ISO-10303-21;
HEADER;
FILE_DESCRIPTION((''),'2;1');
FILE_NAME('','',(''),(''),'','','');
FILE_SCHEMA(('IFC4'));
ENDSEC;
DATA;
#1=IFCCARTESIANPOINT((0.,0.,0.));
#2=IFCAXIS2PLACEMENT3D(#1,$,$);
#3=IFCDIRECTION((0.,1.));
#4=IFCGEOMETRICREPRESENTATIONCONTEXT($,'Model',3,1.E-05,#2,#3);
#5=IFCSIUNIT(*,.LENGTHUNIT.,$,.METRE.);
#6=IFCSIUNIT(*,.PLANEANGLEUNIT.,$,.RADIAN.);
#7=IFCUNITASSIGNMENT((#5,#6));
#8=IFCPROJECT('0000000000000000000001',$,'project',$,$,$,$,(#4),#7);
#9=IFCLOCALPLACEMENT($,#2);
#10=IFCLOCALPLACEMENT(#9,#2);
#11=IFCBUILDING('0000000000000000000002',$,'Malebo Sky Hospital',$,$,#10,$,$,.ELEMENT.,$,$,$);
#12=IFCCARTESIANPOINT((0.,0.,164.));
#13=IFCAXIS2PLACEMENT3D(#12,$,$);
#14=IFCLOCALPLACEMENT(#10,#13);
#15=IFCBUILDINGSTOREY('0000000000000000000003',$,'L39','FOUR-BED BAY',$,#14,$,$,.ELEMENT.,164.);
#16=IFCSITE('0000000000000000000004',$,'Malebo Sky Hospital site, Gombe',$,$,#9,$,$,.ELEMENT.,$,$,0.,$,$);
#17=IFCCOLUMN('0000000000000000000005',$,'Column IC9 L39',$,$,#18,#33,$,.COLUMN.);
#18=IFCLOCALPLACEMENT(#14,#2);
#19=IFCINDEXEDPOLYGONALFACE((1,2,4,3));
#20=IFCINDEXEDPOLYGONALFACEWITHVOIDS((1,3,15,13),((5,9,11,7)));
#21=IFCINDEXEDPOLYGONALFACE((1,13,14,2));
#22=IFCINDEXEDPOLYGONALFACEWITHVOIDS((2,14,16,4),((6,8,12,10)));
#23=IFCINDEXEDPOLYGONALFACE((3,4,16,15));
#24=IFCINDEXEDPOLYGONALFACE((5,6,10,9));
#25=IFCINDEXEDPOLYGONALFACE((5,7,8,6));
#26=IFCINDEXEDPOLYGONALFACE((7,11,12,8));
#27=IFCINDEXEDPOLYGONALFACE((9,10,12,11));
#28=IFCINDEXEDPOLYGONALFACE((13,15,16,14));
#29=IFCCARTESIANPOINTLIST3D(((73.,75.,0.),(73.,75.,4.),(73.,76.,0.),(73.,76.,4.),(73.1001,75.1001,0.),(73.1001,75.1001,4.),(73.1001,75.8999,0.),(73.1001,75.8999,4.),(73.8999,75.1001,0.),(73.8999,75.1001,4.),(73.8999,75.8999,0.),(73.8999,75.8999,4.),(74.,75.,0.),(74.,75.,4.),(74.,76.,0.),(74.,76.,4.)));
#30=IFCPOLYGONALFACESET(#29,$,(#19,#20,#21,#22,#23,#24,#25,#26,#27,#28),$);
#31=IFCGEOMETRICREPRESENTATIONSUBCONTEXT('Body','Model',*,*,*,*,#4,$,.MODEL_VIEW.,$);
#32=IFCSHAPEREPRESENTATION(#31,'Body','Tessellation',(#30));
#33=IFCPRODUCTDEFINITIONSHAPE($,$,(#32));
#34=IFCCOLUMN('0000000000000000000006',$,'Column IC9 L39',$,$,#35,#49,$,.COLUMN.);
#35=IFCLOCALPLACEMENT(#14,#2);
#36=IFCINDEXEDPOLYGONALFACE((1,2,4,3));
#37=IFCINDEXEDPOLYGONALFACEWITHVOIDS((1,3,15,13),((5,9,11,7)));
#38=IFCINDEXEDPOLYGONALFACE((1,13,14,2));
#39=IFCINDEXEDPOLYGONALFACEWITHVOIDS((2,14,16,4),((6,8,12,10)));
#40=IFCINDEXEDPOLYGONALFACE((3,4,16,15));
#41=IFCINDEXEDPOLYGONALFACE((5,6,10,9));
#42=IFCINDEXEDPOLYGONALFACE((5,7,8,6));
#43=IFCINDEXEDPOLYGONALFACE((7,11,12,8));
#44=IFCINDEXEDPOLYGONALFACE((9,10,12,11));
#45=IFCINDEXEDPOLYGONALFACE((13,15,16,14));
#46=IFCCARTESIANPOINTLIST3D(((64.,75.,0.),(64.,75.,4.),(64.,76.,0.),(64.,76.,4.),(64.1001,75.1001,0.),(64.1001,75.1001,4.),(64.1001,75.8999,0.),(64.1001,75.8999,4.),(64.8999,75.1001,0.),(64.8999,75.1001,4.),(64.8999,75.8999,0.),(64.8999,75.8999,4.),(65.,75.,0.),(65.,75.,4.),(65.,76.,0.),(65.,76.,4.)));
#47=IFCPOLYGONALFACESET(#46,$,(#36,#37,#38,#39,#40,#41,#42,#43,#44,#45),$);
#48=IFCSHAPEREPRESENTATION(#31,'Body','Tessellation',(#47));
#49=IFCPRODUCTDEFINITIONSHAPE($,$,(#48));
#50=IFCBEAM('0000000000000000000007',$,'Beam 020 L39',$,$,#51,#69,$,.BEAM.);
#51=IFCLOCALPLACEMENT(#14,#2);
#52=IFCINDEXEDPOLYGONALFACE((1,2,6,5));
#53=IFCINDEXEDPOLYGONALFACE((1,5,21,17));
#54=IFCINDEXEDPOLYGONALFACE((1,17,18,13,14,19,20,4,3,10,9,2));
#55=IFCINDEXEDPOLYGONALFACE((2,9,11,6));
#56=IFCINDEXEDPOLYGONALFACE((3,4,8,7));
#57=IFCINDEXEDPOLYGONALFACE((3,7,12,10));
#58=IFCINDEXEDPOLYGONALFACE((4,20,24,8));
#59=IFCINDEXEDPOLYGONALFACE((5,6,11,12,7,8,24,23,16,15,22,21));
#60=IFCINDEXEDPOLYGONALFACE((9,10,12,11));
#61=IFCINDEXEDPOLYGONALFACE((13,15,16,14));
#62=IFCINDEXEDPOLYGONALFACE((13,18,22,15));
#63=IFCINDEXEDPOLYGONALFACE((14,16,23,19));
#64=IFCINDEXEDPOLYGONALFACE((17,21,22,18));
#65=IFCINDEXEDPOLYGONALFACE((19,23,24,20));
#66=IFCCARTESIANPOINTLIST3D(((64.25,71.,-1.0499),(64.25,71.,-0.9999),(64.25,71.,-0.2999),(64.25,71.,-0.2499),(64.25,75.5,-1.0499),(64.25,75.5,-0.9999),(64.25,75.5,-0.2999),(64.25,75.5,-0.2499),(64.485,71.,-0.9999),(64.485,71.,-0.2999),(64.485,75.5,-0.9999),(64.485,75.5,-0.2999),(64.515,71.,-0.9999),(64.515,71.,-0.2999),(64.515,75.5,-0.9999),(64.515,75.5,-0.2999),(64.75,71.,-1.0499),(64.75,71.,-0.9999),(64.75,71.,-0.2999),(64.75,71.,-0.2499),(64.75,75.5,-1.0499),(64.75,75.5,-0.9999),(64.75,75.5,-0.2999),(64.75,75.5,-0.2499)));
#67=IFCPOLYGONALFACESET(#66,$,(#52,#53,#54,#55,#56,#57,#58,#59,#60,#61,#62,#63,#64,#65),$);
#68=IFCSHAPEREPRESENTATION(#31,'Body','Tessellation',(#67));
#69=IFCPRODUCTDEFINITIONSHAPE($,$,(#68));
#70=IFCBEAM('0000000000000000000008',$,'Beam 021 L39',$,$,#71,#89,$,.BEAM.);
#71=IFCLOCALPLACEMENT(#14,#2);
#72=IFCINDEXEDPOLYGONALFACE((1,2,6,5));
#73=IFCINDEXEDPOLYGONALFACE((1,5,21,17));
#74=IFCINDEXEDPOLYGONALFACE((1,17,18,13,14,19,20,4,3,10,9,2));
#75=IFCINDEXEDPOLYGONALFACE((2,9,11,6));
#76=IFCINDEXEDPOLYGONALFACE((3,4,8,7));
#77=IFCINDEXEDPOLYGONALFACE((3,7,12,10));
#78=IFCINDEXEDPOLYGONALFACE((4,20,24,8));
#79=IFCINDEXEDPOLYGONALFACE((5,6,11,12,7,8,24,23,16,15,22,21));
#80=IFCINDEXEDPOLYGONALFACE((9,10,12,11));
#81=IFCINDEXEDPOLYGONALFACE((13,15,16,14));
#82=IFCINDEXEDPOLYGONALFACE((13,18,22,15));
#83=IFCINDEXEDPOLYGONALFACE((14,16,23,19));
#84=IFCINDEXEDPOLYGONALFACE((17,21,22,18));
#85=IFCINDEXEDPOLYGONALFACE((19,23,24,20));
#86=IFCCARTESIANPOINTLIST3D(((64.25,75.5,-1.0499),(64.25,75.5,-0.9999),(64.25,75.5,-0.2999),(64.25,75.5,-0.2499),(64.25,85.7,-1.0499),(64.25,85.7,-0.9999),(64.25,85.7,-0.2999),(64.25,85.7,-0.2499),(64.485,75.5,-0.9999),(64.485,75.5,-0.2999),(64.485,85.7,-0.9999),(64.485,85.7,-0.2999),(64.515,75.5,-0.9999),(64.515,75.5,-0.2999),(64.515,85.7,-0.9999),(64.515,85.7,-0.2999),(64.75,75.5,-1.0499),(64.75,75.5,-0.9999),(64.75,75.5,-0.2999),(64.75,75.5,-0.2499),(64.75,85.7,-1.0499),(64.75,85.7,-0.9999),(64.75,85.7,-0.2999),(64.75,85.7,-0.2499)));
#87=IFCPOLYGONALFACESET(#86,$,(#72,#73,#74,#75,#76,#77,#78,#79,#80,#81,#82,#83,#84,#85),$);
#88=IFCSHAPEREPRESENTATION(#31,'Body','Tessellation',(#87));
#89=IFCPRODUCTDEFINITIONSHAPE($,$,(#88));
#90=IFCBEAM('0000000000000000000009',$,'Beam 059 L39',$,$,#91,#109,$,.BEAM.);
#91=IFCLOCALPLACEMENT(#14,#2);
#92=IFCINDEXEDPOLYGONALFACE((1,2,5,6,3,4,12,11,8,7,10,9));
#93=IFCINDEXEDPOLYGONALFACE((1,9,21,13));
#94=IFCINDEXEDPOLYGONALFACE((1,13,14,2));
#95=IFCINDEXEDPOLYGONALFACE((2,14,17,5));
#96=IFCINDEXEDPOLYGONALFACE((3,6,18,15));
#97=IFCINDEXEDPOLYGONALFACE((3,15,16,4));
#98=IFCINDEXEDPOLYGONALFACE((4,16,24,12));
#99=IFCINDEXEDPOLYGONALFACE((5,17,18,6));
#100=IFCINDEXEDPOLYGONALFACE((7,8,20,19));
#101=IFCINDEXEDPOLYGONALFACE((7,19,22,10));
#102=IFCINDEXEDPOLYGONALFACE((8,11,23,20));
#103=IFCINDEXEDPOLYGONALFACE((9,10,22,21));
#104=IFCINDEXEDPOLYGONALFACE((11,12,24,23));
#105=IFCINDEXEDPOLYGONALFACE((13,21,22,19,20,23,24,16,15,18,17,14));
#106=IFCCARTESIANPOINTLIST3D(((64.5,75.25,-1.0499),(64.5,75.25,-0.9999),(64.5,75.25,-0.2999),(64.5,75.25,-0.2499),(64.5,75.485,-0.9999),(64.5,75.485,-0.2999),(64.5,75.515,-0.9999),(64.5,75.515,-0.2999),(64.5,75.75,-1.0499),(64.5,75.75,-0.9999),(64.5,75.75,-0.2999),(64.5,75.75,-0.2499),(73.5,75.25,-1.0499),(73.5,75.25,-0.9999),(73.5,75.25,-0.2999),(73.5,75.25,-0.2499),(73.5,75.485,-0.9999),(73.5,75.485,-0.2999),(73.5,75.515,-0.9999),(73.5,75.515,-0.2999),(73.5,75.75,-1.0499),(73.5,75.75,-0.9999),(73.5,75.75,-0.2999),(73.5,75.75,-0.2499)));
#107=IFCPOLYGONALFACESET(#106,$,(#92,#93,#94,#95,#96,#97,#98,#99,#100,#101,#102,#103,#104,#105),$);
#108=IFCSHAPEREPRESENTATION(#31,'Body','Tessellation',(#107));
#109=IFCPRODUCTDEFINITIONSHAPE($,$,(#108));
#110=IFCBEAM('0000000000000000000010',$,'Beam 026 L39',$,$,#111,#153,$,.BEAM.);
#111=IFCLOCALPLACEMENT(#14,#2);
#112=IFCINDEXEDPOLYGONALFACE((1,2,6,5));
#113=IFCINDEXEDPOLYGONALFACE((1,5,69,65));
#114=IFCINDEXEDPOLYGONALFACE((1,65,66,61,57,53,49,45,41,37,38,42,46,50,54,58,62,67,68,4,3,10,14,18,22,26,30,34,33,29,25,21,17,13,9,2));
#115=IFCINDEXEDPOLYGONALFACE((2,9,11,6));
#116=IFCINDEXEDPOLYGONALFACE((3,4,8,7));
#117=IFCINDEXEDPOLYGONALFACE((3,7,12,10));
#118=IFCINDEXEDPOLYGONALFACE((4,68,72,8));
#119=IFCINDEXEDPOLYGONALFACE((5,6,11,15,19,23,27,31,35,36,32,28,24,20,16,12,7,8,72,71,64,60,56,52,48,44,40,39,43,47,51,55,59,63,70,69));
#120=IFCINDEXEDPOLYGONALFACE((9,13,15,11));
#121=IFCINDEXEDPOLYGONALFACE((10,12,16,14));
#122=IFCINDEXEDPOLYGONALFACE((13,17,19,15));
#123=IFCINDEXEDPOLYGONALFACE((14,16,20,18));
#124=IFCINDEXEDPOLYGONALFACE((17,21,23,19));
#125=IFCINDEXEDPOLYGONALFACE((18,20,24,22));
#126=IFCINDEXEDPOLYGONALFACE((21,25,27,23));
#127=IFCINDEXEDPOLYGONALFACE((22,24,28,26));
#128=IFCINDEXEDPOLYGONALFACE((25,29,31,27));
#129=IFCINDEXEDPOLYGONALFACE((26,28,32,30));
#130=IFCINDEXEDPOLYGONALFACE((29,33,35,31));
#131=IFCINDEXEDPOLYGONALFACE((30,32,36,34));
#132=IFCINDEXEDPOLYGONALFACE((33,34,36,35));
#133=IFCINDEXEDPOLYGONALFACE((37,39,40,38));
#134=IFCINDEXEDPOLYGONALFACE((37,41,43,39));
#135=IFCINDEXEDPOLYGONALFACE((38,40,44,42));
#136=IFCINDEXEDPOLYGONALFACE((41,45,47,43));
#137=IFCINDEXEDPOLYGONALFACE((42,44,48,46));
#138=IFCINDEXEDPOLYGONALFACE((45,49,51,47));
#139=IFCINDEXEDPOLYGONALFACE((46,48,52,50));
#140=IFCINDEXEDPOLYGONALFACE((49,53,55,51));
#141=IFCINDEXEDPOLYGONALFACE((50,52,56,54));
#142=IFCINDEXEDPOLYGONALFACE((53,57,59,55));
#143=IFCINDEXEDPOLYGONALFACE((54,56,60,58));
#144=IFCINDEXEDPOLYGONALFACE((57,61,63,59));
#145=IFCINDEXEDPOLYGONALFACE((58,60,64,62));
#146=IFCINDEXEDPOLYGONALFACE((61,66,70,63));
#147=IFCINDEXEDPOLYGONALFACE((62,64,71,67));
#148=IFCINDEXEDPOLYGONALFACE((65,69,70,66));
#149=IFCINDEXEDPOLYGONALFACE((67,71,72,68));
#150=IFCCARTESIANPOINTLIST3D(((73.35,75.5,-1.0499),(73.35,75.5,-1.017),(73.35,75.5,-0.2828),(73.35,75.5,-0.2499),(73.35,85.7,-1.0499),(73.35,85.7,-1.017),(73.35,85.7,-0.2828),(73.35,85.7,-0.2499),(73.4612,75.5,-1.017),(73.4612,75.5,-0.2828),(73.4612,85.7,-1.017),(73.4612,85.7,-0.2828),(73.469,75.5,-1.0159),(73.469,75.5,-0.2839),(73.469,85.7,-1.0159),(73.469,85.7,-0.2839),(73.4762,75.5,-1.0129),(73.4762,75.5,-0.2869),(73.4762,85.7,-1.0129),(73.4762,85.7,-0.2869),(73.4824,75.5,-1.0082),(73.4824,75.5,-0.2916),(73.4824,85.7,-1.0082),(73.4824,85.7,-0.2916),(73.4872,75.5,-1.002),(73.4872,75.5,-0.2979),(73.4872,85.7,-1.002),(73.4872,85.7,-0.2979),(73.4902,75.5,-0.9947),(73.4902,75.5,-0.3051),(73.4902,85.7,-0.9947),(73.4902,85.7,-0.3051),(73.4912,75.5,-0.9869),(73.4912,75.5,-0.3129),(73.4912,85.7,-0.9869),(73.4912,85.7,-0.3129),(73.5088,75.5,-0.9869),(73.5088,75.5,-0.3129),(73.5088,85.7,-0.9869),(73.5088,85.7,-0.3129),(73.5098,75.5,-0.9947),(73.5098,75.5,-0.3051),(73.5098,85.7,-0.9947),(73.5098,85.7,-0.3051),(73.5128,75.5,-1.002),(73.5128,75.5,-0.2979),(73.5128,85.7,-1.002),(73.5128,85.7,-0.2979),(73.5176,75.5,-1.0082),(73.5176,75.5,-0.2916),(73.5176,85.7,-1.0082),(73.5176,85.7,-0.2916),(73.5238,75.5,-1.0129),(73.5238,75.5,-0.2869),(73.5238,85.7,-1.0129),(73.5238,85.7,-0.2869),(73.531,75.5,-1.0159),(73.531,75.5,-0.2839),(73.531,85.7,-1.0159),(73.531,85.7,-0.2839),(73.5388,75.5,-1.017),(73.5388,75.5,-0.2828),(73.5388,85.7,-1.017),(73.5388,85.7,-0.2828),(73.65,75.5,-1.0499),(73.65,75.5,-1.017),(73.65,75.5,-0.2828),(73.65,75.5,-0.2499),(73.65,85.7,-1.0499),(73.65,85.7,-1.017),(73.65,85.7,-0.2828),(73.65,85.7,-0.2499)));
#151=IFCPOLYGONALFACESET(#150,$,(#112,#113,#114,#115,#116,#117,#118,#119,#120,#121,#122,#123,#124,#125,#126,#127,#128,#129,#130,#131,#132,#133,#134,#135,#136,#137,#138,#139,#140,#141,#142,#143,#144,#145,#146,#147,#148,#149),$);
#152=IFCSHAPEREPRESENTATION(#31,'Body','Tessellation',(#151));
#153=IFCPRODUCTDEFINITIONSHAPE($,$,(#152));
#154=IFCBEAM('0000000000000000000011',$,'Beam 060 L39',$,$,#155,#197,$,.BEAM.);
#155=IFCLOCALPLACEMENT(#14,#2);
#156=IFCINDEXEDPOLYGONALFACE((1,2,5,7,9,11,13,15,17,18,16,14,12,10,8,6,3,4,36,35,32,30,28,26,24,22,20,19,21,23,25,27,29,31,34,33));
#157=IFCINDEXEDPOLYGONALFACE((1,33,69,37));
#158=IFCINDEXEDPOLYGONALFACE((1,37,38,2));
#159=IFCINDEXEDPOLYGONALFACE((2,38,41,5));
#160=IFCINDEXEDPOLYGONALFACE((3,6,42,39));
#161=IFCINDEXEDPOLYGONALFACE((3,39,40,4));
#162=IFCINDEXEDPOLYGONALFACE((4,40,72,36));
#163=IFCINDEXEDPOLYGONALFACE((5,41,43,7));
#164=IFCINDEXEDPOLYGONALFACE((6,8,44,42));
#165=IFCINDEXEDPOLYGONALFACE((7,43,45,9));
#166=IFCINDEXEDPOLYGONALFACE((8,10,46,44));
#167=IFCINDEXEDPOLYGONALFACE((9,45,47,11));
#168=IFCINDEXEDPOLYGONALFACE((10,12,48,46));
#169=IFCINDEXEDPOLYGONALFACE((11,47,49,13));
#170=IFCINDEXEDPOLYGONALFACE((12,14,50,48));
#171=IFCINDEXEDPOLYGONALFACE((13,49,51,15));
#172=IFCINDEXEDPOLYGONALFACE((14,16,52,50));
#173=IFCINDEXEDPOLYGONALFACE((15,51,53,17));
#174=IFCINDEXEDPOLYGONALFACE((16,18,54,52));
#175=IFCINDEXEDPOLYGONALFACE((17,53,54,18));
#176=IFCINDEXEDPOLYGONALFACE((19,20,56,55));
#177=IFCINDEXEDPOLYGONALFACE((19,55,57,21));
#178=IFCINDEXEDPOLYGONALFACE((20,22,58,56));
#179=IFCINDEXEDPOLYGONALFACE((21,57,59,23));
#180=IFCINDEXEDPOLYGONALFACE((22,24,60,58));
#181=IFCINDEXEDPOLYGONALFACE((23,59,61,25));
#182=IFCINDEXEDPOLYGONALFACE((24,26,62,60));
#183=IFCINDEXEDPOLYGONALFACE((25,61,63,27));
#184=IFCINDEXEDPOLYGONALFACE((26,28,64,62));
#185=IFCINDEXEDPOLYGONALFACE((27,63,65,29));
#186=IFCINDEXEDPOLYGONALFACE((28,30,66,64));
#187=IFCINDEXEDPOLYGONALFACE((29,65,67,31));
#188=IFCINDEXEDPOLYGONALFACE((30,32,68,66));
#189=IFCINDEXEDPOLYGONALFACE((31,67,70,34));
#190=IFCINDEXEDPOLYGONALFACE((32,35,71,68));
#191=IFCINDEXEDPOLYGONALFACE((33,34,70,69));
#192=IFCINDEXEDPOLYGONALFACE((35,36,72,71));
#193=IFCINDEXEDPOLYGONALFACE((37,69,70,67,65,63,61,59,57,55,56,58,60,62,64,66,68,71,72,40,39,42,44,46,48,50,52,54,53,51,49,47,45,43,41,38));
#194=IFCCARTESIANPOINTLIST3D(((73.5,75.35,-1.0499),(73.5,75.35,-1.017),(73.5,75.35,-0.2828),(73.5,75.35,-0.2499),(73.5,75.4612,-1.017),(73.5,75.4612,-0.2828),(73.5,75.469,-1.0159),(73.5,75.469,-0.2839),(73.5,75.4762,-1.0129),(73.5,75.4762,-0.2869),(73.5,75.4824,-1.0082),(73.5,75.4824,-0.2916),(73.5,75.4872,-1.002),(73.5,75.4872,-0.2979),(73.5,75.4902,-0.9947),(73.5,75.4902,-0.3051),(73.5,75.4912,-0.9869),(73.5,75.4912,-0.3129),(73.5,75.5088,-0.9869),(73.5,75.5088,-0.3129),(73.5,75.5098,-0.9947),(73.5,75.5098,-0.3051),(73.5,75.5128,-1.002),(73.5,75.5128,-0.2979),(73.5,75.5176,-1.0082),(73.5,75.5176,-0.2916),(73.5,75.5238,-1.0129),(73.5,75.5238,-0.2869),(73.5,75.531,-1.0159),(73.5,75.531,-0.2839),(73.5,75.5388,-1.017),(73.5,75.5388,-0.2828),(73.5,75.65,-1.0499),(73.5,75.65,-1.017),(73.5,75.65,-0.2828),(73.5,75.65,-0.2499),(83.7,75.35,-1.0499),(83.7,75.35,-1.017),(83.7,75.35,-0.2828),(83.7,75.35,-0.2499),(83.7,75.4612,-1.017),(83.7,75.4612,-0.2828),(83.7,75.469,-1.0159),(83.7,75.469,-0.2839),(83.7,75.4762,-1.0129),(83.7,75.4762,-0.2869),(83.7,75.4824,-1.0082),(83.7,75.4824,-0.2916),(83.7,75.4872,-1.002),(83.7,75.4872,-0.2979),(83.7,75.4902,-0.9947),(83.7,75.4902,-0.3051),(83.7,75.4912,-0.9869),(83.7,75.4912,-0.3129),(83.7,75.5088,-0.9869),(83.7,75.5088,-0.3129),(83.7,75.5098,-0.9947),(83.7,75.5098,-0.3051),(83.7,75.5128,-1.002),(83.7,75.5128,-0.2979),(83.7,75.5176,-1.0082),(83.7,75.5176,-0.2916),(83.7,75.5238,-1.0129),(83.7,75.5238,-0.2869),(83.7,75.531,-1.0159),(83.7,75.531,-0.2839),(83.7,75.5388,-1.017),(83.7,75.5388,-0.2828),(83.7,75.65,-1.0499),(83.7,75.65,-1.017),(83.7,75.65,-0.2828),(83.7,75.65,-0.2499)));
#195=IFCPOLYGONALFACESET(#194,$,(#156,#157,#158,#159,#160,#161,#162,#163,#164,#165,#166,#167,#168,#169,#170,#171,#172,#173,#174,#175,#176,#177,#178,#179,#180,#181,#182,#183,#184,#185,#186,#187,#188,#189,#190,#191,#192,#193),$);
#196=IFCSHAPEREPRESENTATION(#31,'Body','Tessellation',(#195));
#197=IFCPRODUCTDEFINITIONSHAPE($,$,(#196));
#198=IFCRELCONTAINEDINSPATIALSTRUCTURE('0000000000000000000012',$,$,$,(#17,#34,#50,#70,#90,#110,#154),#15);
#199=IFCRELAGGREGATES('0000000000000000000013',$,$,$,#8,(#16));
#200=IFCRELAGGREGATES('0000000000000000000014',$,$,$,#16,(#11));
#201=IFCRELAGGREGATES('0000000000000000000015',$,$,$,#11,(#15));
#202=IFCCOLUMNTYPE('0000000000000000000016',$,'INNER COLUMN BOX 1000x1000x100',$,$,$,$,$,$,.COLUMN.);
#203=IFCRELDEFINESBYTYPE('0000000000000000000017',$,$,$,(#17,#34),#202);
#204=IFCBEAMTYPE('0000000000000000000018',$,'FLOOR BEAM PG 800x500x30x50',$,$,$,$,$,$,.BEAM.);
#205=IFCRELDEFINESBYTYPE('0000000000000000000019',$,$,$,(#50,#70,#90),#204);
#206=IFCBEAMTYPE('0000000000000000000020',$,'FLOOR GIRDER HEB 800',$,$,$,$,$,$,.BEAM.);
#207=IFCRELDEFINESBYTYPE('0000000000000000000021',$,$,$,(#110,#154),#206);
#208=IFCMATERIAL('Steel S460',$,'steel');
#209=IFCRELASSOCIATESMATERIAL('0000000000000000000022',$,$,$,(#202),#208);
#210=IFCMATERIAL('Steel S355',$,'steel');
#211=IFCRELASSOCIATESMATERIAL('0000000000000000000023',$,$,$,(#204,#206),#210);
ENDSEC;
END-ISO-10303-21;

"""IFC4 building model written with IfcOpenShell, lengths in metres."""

from ifc_helpers import new_model, si_unit, direction, frame, origin, origin_2d, place, context, subcontext, project, spatial, hollow_rectangle, i_section, extrude, material, material_profile, profile_set, type_object, element, save


model = new_model("IFC4")

# Units and contexts
model_context = context("Model", 3, precision=1e-05, world=origin(), true_north=direction((0.0, 1.0)))
body_context = subcontext(model_context, "Body", "Model", "MODEL_VIEW")
ifc_project = project(units=[si_unit("LENGTHUNIT", "METRE"), si_unit("PLANEANGLEUNIT", "RADIAN")], contexts=[model_context])

# Site, building, storey
site_placement = place(None, origin())
site = spatial("IfcSite", under=ifc_project, at=site_placement, Name="Malebo Sky Hospital site, Gombe", CompositionType="ELEMENT", RefElevation=0.0)
building_placement = place(site_placement, origin())
building = spatial("IfcBuilding", under=site, at=building_placement, Name="Malebo Sky Hospital", CompositionType="ELEMENT")
storey_placement = place(building_placement, frame((0.0, 0.0, 164.0)))
storey = spatial("IfcBuildingStorey", under=building, at=storey_placement, Name="L39", Description="FOUR-BED BAY", CompositionType="ELEMENT", Elevation=164.0)

# Columns
ifc_material_1 = material(Name="Steel S460", Category="steel")
ifc_material_profile_1 = material_profile(ifc_material_1, hollow_rectangle(XDim=1.0, YDim=1.0, WallThickness=0.1001, at=origin_2d()), Name="BOX 1000x1000x100")
ifc_profile_set_1 = profile_set([ifc_material_profile_1], Name="Steel S460")
column_type = type_object("IfcColumnType", Name="INNER COLUMN BOX 1000x1000x100", PredefinedType="COLUMN", material=ifc_profile_set_1)
for number, where, z_axis, x_axis, name in (
    (1, (73.5, 75.5, 0.0), (0.0, 0.0, 1.0), (1.0, 0.0, 0.0), "Column IC9 L39"),
    (2, (64.5, 75.5, 0.0), (0.0, 0.0, 1.0), (1.0, 0.0, 0.0), "Column IC9 L39"),
):
    element("IfcColumn", number, at=place(storey_placement, frame(where, z_axis=z_axis, x_axis=x_axis)), inside=storey, type_object=column_type, Name=name, PredefinedType="COLUMN", context=body_context, shape_type="SweptSolid", body=[
        extrude(hollow_rectangle(XDim=1.0, YDim=1.0, WallThickness=0.1001, at=origin_2d()), origin(), (0.0, 0.0, 1.0), 4.0),
    ])

# Beams
ifc_material_2 = material(Name="Steel S355", Category="steel")
ifc_material_profile_2 = material_profile(ifc_material_2, i_section(OverallWidth=0.5, OverallDepth=0.8, WebThickness=0.03, FlangeThickness=0.05, at=origin_2d()), Name="PG 800x500x30x50")
ifc_profile_set_2 = profile_set([ifc_material_profile_2], Name="Steel S355")
beam_type_1 = type_object("IfcBeamType", Name="FLOOR BEAM PG 800x500x30x50", PredefinedType="BEAM", material=ifc_profile_set_2)
beam_1_placement = place(storey_placement, frame((64.5, 71.0, -0.6499), z_axis=(0.0, 1.0, 0.0), x_axis=(-1.0, 0.0, 0.0)))
element("IfcBeam", 3, at=beam_1_placement, inside=storey, type_object=beam_type_1, Name="Beam 020 L39", PredefinedType="BEAM", context=body_context, shape_type="SweptSolid", body=[
    extrude(i_section(OverallWidth=0.5, OverallDepth=0.8, WebThickness=0.03, FlangeThickness=0.05, at=origin_2d()), origin(), (0.0, 0.0, 1.0), 4.5),
])
beam_2_placement = place(storey_placement, frame((64.5, 75.5, -0.6499), z_axis=(0.0, 1.0, 0.0), x_axis=(-1.0, 0.0, 0.0)))
element("IfcBeam", 4, at=beam_2_placement, inside=storey, type_object=beam_type_1, Name="Beam 021 L39", PredefinedType="BEAM", context=body_context, shape_type="SweptSolid", body=[
    extrude(i_section(OverallWidth=0.5, OverallDepth=0.8, WebThickness=0.03, FlangeThickness=0.05, at=origin_2d()), origin(), (0.0, 0.0, 1.0), 10.2),
])
beam_3_placement = place(storey_placement, frame((64.5, 75.5, -0.6499), z_axis=(1.0, 0.0, 0.0), x_axis=(0.0, 1.0, 0.0)))
element("IfcBeam", 5, at=beam_3_placement, inside=storey, type_object=beam_type_1, Name="Beam 059 L39", PredefinedType="BEAM", context=body_context, shape_type="SweptSolid", body=[
    extrude(i_section(OverallWidth=0.5, OverallDepth=0.8, WebThickness=0.03, FlangeThickness=0.05, at=origin_2d()), origin(), (0.0, 0.0, 1.0), 9.0),
])
ifc_material_profile_3 = material_profile(ifc_material_2, i_section(OverallWidth=0.3, OverallDepth=0.8, WebThickness=0.0176, FlangeThickness=0.033, FilletRadius=0.03, at=origin_2d()), Name="HEB 800")
ifc_profile_set_3 = profile_set([ifc_material_profile_3], Name="Steel S355")
beam_type_2 = type_object("IfcBeamType", Name="FLOOR GIRDER HEB 800", PredefinedType="BEAM", material=ifc_profile_set_3)
for number, where, z_axis, x_axis, name in (
    (6, (73.5, 75.5, -0.6499), (0.0, 1.0, 0.0), (-1.0, 0.0, 0.0), "Beam 026 L39"),
    (7, (73.5, 75.5, -0.6499), (1.0, 0.0, 0.0), (0.0, 1.0, 0.0), "Beam 060 L39"),
):
    element("IfcBeam", number, at=place(storey_placement, frame(where, z_axis=z_axis, x_axis=x_axis)), inside=storey, type_object=beam_type_2, Name=name, PredefinedType="BEAM", context=body_context, shape_type="SweptSolid", body=[
        extrude(i_section(OverallWidth=0.3, OverallDepth=0.8, WebThickness=0.0176, FlangeThickness=0.033, FilletRadius=0.03, at=origin_2d()), origin(), (0.0, 0.0, 1.0), 10.2),
    ])

save(model, "model.ifc")
